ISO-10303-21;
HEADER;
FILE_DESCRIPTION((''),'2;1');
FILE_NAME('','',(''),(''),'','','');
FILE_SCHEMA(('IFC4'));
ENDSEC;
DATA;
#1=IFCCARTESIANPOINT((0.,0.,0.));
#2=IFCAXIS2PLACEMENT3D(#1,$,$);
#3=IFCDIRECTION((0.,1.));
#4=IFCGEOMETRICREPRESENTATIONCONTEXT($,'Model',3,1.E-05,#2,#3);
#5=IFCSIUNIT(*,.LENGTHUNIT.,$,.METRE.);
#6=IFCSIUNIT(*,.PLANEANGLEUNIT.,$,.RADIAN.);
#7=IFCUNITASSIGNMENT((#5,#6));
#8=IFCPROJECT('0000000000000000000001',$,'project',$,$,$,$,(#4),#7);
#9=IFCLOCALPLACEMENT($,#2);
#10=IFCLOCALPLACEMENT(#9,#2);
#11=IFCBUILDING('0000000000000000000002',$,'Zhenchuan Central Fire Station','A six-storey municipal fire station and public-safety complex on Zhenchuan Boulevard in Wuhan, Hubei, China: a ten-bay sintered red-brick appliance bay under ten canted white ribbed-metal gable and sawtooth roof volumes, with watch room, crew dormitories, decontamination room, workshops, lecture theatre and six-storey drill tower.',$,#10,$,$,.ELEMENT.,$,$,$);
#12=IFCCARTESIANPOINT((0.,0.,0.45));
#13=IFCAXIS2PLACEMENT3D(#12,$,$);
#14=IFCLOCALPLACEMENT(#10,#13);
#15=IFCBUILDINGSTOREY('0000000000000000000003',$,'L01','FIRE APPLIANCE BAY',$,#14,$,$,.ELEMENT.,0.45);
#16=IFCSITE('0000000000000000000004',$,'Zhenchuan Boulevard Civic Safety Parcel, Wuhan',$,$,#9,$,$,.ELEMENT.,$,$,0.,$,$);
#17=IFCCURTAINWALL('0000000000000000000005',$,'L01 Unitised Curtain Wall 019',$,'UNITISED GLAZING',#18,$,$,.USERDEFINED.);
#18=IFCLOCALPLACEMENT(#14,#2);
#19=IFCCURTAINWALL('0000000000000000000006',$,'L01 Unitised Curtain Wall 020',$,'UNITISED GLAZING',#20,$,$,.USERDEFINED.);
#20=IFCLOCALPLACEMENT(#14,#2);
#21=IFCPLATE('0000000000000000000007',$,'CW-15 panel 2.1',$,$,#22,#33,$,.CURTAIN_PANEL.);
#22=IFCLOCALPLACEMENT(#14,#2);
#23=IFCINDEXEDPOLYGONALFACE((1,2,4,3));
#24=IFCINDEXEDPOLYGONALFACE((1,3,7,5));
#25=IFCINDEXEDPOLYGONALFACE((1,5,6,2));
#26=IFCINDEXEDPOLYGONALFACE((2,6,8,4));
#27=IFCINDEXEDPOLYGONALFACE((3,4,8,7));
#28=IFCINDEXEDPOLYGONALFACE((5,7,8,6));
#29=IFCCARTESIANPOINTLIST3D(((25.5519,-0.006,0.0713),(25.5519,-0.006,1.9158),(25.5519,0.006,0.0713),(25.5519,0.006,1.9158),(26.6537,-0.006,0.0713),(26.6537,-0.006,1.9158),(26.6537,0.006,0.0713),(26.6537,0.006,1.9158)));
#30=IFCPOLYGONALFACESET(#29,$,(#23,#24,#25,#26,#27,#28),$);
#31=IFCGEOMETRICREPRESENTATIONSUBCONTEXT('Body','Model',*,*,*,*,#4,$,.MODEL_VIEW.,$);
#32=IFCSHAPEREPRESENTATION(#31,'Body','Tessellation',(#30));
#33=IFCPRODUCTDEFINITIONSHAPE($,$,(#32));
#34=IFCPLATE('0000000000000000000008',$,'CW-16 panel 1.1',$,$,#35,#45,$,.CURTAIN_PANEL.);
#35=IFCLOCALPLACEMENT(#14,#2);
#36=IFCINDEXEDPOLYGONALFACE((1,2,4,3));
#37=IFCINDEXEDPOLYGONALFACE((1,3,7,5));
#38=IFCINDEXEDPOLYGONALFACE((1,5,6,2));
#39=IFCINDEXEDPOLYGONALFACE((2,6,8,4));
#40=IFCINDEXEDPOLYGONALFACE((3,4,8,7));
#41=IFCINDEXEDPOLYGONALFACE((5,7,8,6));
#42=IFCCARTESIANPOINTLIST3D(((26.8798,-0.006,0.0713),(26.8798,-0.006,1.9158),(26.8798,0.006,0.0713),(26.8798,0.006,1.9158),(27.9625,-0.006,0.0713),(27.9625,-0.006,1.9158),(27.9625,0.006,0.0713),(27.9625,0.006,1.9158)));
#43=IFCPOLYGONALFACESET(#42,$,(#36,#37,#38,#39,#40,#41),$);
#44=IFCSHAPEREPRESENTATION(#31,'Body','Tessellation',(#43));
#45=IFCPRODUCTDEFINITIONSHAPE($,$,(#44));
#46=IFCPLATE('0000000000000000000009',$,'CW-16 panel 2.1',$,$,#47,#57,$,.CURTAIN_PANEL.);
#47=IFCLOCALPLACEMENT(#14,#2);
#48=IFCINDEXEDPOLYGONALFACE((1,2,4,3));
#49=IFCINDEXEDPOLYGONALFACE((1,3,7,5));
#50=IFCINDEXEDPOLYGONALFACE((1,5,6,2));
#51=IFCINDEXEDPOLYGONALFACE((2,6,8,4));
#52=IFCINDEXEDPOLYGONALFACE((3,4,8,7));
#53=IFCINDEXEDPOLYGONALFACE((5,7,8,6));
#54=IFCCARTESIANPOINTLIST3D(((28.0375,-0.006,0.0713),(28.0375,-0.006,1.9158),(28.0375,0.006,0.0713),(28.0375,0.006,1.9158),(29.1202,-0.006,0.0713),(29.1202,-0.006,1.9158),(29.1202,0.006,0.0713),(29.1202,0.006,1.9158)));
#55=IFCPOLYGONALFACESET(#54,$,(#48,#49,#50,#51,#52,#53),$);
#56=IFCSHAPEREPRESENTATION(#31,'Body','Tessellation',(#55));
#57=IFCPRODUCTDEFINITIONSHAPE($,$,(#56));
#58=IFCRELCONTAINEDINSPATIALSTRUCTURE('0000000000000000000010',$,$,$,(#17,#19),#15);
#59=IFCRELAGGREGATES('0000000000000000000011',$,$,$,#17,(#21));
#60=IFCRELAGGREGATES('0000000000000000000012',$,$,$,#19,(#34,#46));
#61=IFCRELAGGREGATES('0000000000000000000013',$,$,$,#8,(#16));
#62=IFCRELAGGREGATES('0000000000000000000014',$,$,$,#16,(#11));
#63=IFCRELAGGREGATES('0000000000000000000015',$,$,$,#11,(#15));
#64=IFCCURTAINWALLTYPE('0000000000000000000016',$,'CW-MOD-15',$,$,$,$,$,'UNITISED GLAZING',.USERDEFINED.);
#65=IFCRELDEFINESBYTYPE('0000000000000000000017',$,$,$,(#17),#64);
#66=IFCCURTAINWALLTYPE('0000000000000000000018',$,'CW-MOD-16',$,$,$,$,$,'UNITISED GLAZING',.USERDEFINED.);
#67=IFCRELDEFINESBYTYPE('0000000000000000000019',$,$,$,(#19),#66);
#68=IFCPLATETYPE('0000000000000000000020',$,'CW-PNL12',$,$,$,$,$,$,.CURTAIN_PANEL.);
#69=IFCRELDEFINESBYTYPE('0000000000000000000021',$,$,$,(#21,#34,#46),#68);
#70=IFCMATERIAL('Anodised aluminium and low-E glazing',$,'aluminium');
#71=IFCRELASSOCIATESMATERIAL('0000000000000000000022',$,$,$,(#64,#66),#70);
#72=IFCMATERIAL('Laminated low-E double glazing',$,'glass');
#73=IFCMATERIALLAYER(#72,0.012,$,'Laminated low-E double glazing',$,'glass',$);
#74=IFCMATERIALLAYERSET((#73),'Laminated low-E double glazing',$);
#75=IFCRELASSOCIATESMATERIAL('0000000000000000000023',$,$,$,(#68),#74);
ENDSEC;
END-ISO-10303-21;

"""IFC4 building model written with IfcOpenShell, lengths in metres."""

from ifc_helpers import new_model, si_unit, direction, frame, origin, origin_2d, place, context, subcontext, project, spatial, rectangle, extrude, material, layer, layer_set, type_object, element, aggregate, save


model = new_model("IFC4")

# Units and contexts
model_context = context("Model", 3, precision=1e-05, world=origin(), true_north=direction((0.0, 1.0)))
body_context = subcontext(model_context, "Body", "Model", "MODEL_VIEW")
ifc_project = project(units=[si_unit("LENGTHUNIT", "METRE"), si_unit("PLANEANGLEUNIT", "RADIAN")], contexts=[model_context])

# Site, building, storey
site_placement = place(None, origin())
site = spatial("IfcSite", under=ifc_project, at=site_placement, Name="Zhenchuan Boulevard Civic Safety Parcel, Wuhan", CompositionType="ELEMENT", RefElevation=0.0)
building_placement = place(site_placement, origin())
building = spatial("IfcBuilding", under=site, at=building_placement, Name="Zhenchuan Central Fire Station", Description="A six-storey municipal fire station and public-safety complex on Zhenchuan Boulevard in Wuhan, Hubei, China: a ten-bay sintered red-brick appliance bay under ten canted white ribbed-metal gable and sawtooth roof volumes, with watch room, crew dormitories, decontamination room, workshops, lecture theatre and six-storey drill tower.", CompositionType="ELEMENT")
storey_placement = place(building_placement, frame((0.0, 0.0, 0.45)))
storey = spatial("IfcBuildingStorey", under=building, at=storey_placement, Name="L01", Description="FIRE APPLIANCE BAY", CompositionType="ELEMENT", Elevation=0.45)

# Curtain walls
ifc_material_1 = material(Name="Anodised aluminium and low-E glazing", Category="aluminium")
curtain_wall_type_1 = type_object("IfcCurtainWallType", Name="CW-MOD-15", ElementType="UNITISED GLAZING", PredefinedType="USERDEFINED", material=ifc_material_1)
curtain_wall_1_placement = place(storey_placement, origin())
curtain_wall_1 = element("IfcCurtainWall", 1, at=curtain_wall_1_placement, inside=storey, type_object=curtain_wall_type_1, Name="L01 Unitised Curtain Wall 019", ObjectType="UNITISED GLAZING", PredefinedType="USERDEFINED")
curtain_wall_type_2 = type_object("IfcCurtainWallType", Name="CW-MOD-16", ElementType="UNITISED GLAZING", PredefinedType="USERDEFINED", material=ifc_material_1)
curtain_wall_2_placement = place(storey_placement, origin())
curtain_wall_2 = element("IfcCurtainWall", 2, at=curtain_wall_2_placement, inside=storey, type_object=curtain_wall_type_2, Name="L01 Unitised Curtain Wall 020", ObjectType="UNITISED GLAZING", PredefinedType="USERDEFINED")

# Plates
ifc_material_2 = material(Name="Laminated low-E double glazing", Category="glass")
ifc_layer = layer(ifc_material_2, 0.012, Name="Laminated low-E double glazing", Category="glass")
ifc_layer_set = layer_set([ifc_layer], Name="Laminated low-E double glazing")
plate_type = type_object("IfcPlateType", Name="CW-PNL12", PredefinedType="CURTAIN_PANEL", material=ifc_layer_set)
plate_1_placement = place(storey_placement, frame((26.1028, 0.0, 0.0713), z_axis=(0.0, 0.0, 1.0), x_axis=(1.0, 0.0, 0.0)))
plate_1 = element("IfcPlate", 3, at=plate_1_placement, type_object=plate_type, Name="CW-15 panel 2.1", PredefinedType="CURTAIN_PANEL", context=body_context, shape_type="SweptSolid", body=[
    extrude(rectangle(XDim=1.1018, YDim=0.012, at=origin_2d()), origin(), (0.0, 0.0, 1.0), 1.8445),
])
aggregate(curtain_wall_1, [plate_1])
plate_2_placement = place(storey_placement, frame((27.4211, 0.0, 0.0713), z_axis=(0.0, 0.0, 1.0), x_axis=(1.0, 0.0, 0.0)))
plate_2 = element("IfcPlate", 4, at=plate_2_placement, type_object=plate_type, Name="CW-16 panel 1.1", PredefinedType="CURTAIN_PANEL", context=body_context, shape_type="SweptSolid", body=[
    extrude(rectangle(XDim=1.0828, YDim=0.012, at=origin_2d()), origin(), (0.0, 0.0, 1.0), 1.8445),
])
plate_3_placement = place(storey_placement, frame((28.5789, 0.0, 0.0713), z_axis=(0.0, 0.0, 1.0), x_axis=(1.0, 0.0, 0.0)))
plate_3 = element("IfcPlate", 5, at=plate_3_placement, type_object=plate_type, Name="CW-16 panel 2.1", PredefinedType="CURTAIN_PANEL", context=body_context, shape_type="SweptSolid", body=[
    extrude(rectangle(XDim=1.0828, YDim=0.012, at=origin_2d()), origin(), (0.0, 0.0, 1.0), 1.8445),
])
aggregate(curtain_wall_2, [plate_2, plate_3])

save(model, "model.ifc")
